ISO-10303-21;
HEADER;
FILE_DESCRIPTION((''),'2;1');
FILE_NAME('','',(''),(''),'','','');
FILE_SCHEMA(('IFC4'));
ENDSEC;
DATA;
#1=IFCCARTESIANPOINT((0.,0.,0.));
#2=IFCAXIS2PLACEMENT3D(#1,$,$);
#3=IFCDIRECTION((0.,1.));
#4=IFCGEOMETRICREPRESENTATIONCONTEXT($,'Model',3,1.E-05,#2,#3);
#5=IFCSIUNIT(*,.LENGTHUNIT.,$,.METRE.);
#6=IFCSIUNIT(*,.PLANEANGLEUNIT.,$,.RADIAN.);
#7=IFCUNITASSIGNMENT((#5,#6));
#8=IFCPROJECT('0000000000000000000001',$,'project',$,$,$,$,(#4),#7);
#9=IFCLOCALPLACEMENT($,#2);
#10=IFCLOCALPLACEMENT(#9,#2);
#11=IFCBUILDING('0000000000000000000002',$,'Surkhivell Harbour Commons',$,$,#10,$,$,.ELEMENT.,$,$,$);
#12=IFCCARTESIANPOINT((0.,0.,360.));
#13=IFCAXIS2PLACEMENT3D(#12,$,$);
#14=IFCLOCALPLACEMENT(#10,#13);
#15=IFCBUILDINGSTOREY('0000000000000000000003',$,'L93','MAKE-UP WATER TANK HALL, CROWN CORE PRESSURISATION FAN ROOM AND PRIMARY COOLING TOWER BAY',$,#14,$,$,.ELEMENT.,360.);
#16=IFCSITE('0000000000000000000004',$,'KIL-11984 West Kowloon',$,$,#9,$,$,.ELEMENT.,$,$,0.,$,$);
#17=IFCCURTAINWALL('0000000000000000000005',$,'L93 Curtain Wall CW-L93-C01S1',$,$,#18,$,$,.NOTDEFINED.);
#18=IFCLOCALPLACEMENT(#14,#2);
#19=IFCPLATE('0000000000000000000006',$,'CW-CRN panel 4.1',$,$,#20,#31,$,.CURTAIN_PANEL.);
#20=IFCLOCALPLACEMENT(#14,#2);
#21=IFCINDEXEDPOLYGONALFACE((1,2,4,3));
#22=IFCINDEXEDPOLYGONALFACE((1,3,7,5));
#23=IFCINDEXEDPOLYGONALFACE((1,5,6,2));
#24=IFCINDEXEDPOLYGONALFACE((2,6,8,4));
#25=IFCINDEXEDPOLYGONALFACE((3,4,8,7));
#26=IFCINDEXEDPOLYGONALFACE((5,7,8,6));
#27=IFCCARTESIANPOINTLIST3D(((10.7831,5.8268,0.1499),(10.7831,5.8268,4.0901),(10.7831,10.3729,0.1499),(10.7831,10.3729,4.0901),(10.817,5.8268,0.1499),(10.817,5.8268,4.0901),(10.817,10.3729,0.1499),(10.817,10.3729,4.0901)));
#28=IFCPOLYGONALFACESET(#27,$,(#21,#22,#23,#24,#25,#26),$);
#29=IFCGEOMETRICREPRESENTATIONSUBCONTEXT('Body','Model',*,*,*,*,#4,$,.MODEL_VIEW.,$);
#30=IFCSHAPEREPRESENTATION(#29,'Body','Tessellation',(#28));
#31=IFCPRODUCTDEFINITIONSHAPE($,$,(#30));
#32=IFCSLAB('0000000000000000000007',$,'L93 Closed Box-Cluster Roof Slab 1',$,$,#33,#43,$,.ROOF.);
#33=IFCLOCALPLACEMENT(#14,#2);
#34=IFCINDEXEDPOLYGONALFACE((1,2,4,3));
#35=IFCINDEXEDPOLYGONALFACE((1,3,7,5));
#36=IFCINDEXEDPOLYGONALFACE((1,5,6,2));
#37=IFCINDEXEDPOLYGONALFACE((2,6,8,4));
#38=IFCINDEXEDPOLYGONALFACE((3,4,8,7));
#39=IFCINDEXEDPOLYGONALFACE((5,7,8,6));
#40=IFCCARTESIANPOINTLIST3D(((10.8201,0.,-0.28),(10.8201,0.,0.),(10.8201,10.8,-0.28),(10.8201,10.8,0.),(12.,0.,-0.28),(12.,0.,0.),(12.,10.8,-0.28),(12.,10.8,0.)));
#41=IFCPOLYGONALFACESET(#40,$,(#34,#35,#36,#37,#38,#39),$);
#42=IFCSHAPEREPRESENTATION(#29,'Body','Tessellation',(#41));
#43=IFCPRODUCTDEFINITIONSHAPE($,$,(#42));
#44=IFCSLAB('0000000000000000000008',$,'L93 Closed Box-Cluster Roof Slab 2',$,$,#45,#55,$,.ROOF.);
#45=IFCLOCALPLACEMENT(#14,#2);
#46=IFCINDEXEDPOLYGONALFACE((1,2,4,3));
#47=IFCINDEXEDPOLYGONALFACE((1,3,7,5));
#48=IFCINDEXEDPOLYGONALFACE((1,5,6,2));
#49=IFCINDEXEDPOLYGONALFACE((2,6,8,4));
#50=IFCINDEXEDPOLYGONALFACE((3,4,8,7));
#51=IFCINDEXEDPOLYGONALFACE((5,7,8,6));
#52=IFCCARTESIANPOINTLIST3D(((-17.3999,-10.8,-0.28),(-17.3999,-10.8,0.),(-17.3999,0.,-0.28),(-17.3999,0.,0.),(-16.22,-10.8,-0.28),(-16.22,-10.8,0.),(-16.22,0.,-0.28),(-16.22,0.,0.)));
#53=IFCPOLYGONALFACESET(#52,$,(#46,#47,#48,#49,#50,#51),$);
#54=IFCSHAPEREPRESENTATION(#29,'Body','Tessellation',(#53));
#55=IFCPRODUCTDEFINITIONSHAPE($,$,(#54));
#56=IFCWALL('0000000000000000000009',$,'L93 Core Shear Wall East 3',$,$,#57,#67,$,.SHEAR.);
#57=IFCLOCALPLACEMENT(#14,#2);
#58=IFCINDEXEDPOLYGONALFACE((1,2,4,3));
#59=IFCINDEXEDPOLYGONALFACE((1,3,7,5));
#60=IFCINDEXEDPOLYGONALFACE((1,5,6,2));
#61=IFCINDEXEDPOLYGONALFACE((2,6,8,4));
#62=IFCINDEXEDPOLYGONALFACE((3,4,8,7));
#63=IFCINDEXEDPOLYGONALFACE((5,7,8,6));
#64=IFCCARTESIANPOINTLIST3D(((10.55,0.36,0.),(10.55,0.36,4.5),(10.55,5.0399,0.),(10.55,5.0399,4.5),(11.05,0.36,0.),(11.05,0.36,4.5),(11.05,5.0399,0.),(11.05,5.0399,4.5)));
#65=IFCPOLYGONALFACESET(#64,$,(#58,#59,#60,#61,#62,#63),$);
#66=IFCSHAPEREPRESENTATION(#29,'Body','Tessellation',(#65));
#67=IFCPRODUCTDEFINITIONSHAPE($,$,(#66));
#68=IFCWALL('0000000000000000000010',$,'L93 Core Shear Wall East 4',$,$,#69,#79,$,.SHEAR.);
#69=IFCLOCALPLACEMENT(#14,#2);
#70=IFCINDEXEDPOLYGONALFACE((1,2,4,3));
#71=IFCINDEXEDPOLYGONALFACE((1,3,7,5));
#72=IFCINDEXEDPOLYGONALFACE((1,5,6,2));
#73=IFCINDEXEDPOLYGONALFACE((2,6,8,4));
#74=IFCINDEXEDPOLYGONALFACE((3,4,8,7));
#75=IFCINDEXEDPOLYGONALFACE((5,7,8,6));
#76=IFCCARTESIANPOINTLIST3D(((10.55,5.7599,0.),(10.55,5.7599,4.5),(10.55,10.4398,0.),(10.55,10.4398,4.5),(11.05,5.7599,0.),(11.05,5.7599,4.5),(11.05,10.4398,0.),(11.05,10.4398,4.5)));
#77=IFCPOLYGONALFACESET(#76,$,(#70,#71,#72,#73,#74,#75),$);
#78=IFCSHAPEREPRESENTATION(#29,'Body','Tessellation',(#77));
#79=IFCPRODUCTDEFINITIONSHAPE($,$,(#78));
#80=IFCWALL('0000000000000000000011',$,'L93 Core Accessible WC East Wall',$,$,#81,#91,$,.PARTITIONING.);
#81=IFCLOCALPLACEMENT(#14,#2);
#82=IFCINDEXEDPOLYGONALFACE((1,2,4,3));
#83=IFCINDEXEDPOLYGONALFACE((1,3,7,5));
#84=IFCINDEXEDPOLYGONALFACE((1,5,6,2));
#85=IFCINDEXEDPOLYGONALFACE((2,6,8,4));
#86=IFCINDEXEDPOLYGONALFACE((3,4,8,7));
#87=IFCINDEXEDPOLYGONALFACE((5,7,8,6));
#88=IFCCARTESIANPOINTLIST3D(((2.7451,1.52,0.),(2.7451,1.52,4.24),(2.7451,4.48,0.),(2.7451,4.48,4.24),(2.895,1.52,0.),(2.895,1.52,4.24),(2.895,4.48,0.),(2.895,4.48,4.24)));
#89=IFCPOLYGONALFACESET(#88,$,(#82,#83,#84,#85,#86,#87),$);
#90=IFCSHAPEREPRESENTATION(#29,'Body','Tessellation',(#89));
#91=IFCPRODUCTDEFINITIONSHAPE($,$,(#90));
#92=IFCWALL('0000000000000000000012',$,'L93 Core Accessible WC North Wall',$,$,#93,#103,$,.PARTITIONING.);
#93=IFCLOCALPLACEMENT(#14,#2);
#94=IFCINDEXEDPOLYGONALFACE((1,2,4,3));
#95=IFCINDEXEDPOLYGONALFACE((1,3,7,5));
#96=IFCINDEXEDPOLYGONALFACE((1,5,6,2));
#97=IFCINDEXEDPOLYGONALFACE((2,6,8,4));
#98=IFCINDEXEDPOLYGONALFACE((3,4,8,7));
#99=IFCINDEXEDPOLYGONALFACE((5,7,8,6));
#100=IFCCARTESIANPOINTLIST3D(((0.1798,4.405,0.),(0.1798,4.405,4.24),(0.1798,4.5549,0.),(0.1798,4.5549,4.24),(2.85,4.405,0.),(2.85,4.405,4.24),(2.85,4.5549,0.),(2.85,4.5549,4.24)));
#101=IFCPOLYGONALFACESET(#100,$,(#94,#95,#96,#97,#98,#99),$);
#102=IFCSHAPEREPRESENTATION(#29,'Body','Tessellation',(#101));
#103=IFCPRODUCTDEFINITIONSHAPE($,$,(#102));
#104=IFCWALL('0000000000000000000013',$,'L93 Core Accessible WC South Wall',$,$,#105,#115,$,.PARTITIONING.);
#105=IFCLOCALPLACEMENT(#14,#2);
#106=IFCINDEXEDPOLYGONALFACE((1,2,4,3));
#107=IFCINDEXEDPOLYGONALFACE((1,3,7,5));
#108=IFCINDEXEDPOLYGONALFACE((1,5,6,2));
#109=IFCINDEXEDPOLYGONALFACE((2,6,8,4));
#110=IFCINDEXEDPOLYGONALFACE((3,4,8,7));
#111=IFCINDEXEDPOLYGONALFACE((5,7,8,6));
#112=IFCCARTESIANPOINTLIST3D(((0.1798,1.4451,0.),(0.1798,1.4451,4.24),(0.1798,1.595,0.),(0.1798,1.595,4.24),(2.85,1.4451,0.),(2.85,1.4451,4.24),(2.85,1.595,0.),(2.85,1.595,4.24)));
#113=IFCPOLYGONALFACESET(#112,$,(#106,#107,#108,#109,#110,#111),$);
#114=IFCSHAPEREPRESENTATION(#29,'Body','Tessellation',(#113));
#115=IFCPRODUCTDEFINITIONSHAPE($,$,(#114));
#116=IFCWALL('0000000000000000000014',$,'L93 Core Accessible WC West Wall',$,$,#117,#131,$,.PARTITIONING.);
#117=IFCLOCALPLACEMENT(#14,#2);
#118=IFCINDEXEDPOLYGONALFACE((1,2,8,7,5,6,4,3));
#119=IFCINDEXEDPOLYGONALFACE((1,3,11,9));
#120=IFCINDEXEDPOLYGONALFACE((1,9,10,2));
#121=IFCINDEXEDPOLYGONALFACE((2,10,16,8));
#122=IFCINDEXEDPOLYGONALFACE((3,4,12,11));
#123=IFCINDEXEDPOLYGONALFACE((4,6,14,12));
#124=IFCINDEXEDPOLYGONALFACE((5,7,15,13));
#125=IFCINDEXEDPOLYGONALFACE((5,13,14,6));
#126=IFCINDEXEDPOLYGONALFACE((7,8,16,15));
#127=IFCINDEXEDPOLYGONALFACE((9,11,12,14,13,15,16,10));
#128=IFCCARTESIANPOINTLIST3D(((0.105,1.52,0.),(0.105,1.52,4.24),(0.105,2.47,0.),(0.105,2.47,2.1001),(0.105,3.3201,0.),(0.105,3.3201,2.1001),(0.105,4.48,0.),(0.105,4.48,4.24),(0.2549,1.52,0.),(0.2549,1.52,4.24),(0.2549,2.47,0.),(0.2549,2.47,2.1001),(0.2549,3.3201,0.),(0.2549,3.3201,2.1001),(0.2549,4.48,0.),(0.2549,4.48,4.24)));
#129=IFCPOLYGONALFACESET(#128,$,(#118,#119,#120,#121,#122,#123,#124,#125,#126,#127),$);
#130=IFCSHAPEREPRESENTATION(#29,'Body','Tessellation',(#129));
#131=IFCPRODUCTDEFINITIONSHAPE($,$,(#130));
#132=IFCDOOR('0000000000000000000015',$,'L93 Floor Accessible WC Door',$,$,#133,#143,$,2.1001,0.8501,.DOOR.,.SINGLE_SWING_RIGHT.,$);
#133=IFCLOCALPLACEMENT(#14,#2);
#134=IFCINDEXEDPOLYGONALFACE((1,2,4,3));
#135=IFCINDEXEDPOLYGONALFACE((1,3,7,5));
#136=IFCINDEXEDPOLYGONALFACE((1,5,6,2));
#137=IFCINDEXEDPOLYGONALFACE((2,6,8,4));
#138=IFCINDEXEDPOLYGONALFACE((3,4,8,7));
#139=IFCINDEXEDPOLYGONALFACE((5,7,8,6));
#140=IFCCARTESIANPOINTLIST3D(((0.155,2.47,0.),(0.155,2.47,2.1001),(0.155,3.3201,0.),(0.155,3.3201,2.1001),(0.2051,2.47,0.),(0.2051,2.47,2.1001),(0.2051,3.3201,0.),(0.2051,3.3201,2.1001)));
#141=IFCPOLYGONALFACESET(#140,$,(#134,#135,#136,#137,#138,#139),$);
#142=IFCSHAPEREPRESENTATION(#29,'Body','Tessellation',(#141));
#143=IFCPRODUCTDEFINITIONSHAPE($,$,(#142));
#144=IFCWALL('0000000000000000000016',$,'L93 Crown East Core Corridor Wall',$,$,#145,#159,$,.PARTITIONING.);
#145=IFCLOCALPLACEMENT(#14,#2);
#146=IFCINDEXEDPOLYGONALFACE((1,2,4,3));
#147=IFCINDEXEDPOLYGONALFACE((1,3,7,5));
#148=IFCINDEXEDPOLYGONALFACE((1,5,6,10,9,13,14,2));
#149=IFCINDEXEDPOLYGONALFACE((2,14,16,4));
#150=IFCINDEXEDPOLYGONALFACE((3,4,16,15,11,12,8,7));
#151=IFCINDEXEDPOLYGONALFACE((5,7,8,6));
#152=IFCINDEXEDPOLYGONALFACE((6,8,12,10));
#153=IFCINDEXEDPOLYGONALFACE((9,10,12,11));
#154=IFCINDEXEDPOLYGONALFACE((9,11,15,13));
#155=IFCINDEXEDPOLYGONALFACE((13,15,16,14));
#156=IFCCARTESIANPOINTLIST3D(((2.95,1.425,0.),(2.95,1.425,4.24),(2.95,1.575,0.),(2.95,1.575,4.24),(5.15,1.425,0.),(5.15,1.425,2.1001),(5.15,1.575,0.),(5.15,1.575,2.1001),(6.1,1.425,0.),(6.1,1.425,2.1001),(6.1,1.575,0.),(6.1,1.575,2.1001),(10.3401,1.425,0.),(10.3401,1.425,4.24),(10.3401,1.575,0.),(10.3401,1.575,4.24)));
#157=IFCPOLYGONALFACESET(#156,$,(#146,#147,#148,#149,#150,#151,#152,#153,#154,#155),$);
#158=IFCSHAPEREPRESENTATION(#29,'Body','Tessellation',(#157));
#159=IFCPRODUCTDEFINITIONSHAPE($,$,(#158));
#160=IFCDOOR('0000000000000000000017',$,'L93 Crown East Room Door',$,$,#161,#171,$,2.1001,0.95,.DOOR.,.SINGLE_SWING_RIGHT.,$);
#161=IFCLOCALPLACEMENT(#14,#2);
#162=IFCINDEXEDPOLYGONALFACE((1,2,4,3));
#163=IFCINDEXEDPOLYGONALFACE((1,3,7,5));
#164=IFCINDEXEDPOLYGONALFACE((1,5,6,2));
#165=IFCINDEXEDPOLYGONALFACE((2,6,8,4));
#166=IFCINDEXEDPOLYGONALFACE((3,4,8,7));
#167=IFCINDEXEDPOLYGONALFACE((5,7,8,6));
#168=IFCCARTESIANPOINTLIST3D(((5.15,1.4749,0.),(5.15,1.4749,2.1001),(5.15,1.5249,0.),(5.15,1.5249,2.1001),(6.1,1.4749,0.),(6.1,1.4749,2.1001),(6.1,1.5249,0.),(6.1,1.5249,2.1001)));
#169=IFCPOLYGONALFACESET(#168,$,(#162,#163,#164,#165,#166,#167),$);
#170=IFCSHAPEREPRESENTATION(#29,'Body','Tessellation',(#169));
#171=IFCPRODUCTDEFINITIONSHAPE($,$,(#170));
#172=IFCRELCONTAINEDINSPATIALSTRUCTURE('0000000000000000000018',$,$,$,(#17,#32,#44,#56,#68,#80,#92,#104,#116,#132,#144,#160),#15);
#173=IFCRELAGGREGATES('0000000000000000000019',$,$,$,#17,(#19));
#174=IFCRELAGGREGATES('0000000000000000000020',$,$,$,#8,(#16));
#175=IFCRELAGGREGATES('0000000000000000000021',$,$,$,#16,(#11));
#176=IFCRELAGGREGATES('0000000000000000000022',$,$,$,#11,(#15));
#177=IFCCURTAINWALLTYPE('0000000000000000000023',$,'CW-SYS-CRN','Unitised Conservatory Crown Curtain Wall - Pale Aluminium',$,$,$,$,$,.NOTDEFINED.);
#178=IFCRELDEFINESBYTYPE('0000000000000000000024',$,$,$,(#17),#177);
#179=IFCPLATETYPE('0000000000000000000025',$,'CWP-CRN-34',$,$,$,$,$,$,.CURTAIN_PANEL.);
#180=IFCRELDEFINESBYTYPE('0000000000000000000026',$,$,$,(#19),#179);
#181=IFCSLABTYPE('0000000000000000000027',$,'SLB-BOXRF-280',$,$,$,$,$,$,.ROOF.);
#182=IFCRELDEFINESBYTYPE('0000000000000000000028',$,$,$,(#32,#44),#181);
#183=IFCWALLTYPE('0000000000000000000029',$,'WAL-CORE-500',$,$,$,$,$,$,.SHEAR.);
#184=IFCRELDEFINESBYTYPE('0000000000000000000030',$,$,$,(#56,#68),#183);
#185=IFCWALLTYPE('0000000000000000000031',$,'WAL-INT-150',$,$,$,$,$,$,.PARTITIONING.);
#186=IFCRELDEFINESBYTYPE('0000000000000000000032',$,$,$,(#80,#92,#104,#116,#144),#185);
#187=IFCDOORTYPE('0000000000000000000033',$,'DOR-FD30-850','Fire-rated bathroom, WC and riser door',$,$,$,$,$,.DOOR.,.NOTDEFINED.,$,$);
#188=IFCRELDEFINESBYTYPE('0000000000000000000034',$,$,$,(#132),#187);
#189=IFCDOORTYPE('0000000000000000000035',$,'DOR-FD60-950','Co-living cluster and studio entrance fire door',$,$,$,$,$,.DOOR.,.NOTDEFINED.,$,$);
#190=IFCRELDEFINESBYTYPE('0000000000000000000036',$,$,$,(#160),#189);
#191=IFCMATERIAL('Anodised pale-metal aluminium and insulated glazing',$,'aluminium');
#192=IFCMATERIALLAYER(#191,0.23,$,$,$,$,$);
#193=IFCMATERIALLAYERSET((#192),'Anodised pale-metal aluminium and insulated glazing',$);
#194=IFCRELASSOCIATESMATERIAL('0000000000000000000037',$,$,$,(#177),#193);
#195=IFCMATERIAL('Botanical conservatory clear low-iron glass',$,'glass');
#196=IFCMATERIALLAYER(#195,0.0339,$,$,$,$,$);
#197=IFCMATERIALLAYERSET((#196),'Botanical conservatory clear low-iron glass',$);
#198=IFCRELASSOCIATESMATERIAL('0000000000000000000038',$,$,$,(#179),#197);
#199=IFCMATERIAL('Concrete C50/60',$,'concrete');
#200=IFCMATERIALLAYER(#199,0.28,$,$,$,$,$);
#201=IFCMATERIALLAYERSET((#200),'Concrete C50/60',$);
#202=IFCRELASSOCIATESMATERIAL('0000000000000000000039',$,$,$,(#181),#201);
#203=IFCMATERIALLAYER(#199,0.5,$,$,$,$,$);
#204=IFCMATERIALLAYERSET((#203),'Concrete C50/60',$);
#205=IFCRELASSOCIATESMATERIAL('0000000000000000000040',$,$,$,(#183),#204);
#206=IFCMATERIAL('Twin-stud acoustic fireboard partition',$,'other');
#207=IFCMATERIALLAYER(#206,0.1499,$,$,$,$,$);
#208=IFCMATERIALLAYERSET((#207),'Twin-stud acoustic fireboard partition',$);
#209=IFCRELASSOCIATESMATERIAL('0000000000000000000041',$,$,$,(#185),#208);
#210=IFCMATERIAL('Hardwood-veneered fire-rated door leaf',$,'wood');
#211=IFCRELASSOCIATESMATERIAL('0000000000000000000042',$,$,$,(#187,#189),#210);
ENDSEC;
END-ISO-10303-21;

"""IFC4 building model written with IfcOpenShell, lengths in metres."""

from ifc_helpers import new_model, si_unit, direction, frame, frame_2d, origin, place, context, subcontext, project, spatial, polyline, rectangle, outline, extrude, material, layer, layer_set, type_object, element, fill, aggregate, save


model = new_model("IFC4")

# Units and contexts
model_context = context("Model", 3, precision=1e-05, world=origin(), true_north=direction((0.0, 1.0)))
body_context = subcontext(model_context, "Body", "Model", "MODEL_VIEW")
ifc_project = project(units=[si_unit("LENGTHUNIT", "METRE"), si_unit("PLANEANGLEUNIT", "RADIAN")], contexts=[model_context])

# Site, building, storey
site_placement = place(None, origin())
site = spatial("IfcSite", under=ifc_project, at=site_placement, Name="KIL-11984 West Kowloon", CompositionType="ELEMENT", RefElevation=0.0)
building_placement = place(site_placement, origin())
building = spatial("IfcBuilding", under=site, at=building_placement, Name="Surkhivell Harbour Commons", CompositionType="ELEMENT")
storey_placement = place(building_placement, frame((0.0, 0.0, 360.0)))
storey = spatial("IfcBuildingStorey", under=building, at=storey_placement, Name="L93", Description="MAKE-UP WATER TANK HALL, CROWN CORE PRESSURISATION FAN ROOM AND PRIMARY COOLING TOWER BAY", CompositionType="ELEMENT", Elevation=360.0)

# Shared definitions
ifc_material_1 = material(Name="Concrete C50/60", Category="concrete")

# Curtain wall, plate
ifc_material_2 = material(Name="Anodised pale-metal aluminium and insulated glazing", Category="aluminium")
ifc_layer_1 = layer(ifc_material_2, 0.23)
ifc_layer_set_1 = layer_set([ifc_layer_1], Name="Anodised pale-metal aluminium and insulated glazing")
curtain_wall_type = type_object("IfcCurtainWallType", Name="CW-SYS-CRN", Description="Unitised Conservatory Crown Curtain Wall - Pale Aluminium", PredefinedType="NOTDEFINED", material=ifc_layer_set_1)
curtain_wall_placement = place(storey_placement, origin())
curtain_wall = element("IfcCurtainWall", 1, at=curtain_wall_placement, inside=storey, type_object=curtain_wall_type, Name="L93 Curtain Wall CW-L93-C01S1", PredefinedType="NOTDEFINED")
ifc_material_3 = material(Name="Botanical conservatory clear low-iron glass", Category="glass")
ifc_layer_2 = layer(ifc_material_3, 0.0339)
ifc_layer_set_2 = layer_set([ifc_layer_2], Name="Botanical conservatory clear low-iron glass")
plate_type = type_object("IfcPlateType", Name="CWP-CRN-34", PredefinedType="CURTAIN_PANEL", material=ifc_layer_set_2)
plate_1_placement = place(storey_placement, frame((10.8, 5.8269, 0.1499), z_axis=(0.0, 0.0, 1.0), x_axis=(0.0, 1.0, 0.0)))
plate_1 = element("IfcPlate", 2, at=plate_1_placement, type_object=plate_type, Name="CW-CRN panel 4.1", PredefinedType="CURTAIN_PANEL", context=body_context, shape_type="SweptSolid", body=[
    extrude(rectangle(XDim=4.5461, YDim=0.0339, at=frame_2d((2.2729, 0.0))), origin(), (0.0, 0.0, 1.0), 3.9402),
])
aggregate(curtain_wall, [plate_1])

# Slabs
ifc_layer_3 = layer(ifc_material_1, 0.28)
ifc_layer_set_3 = layer_set([ifc_layer_3], Name="Concrete C50/60")
slab_type = type_object("IfcSlabType", Name="SLB-BOXRF-280", PredefinedType="ROOF", material=ifc_layer_set_3)
slab_1_placement = place(storey_placement, frame((0.0, 0.0, -0.28)))
element("IfcSlab", 3, at=slab_1_placement, inside=storey, type_object=slab_type, Name="L93 Closed Box-Cluster Roof Slab 1", PredefinedType="ROOF", context=body_context, shape_type="SweptSolid", body=[
    extrude(outline(polyline([(10.8201, 10.8), (10.8201, 0.0), (12.0, 0.0), (12.0, 10.8), (10.8201, 10.8)])), origin(), (0.0, 0.0, 1.0), 0.28),
])
slab_2_placement = place(storey_placement, frame((0.0, 0.0, -0.28)))
element("IfcSlab", 4, at=slab_2_placement, inside=storey, type_object=slab_type, Name="L93 Closed Box-Cluster Roof Slab 2", PredefinedType="ROOF", context=body_context, shape_type="SweptSolid", body=[
    extrude(outline(polyline([(-16.22, -10.8), (-16.22, 0.0), (-17.3999, 0.0), (-17.3999, -10.8), (-16.22, -10.8)])), origin(), (0.0, 0.0, 1.0), 0.28),
])

# Walls
ifc_layer_4 = layer(ifc_material_1, 0.5)
ifc_layer_set_4 = layer_set([ifc_layer_4], Name="Concrete C50/60")
wall_type_1 = type_object("IfcWallType", Name="WAL-CORE-500", PredefinedType="SHEAR", material=ifc_layer_set_4)
for number, where, z_axis, x_axis, name in (
    (5, (10.8, 0.3601, 0.0), (0.0, 0.0, 1.0), (0.0, 1.0, 0.0), "L93 Core Shear Wall East 3"),
    (6, (10.8, 5.76, 0.0), (0.0, 0.0, 1.0), (0.0, 1.0, 0.0), "L93 Core Shear Wall East 4"),
):
    element("IfcWall", number, at=place(storey_placement, frame(where, z_axis=z_axis, x_axis=x_axis)), inside=storey, type_object=wall_type_1, Name=name, PredefinedType="SHEAR", context=body_context, shape_type="SweptSolid", body=[
        extrude(rectangle(XDim=4.6799, YDim=0.5, at=frame_2d((2.3398, 0.0))), origin(), (0.0, 0.0, 1.0), 4.5),
    ])
ifc_material_4 = material(Name="Twin-stud acoustic fireboard partition", Category="other")
ifc_layer_5 = layer(ifc_material_4, 0.1499)
ifc_layer_set_5 = layer_set([ifc_layer_5], Name="Twin-stud acoustic fireboard partition")
wall_type_2 = type_object("IfcWallType", Name="WAL-INT-150", PredefinedType="PARTITIONING", material=ifc_layer_set_5)
wall_1_placement = place(storey_placement, frame((2.8201, 1.52, 0.0), z_axis=(0.0, 0.0, 1.0), x_axis=(0.0, 1.0, 0.0)))
element("IfcWall", 7, at=wall_1_placement, inside=storey, type_object=wall_type_2, Name="L93 Core Accessible WC East Wall", PredefinedType="PARTITIONING", context=body_context, shape_type="SweptSolid", body=[
    extrude(rectangle(XDim=2.96, YDim=0.1499, at=frame_2d((1.48, 0.0))), origin(), (0.0, 0.0, 1.0), 4.24),
])
for number, where, z_axis, x_axis, name in (
    (8, (0.1799, 4.48, 0.0), (0.0, 0.0, 1.0), (1.0, 0.0, 0.0), "L93 Core Accessible WC North Wall"),
    (9, (0.1799, 1.52, 0.0), (0.0, 0.0, 1.0), (1.0, 0.0, 0.0), "L93 Core Accessible WC South Wall"),
):
    element("IfcWall", number, at=place(storey_placement, frame(where, z_axis=z_axis, x_axis=x_axis)), inside=storey, type_object=wall_type_2, Name=name, PredefinedType="PARTITIONING", context=body_context, shape_type="SweptSolid", body=[
        extrude(rectangle(XDim=2.6702, YDim=0.1499, at=frame_2d((1.335, 0.0))), origin(), (0.0, 0.0, 1.0), 4.24),
    ])

# Walls, openings, doors
wall_2_placement = place(storey_placement, frame((0.1799, 1.52, 0.0), z_axis=(0.0, 0.0, 1.0), x_axis=(0.0, 1.0, 0.0)))
wall_2 = element("IfcWall", 10, at=wall_2_placement, inside=storey, type_object=wall_type_2, Name="L93 Core Accessible WC West Wall", PredefinedType="PARTITIONING", context=body_context, shape_type="SweptSolid", body=[
    extrude(rectangle(XDim=2.96, YDim=0.1499, at=frame_2d((1.48, 0.0))), origin(), (0.0, 0.0, 1.0), 4.24),
])
opening_1_placement = place(wall_2_placement, frame((0.95, 0.0, 0.0)))
opening_1 = element("IfcOpeningElement", 11, at=opening_1_placement, cuts=wall_2, PredefinedType="OPENING", context=body_context, shape_type="SweptSolid", body=[
    extrude(rectangle(XDim=0.8501, YDim=2.1001, at=frame_2d((0.425, 1.05))), frame((0.0, 0.085, 0.0), z_axis=(0.0, -1.0, 0.0), x_axis=(1.0, 0.0, 0.0)), (0.0, 0.0, 1.0), 0.1699),
])
ifc_material_5 = material(Name="Hardwood-veneered fire-rated door leaf", Category="wood")
door_type_1 = type_object("IfcDoorType", Name="DOR-FD30-850", Description="Fire-rated bathroom, WC and riser door", OperationType="NOTDEFINED", PredefinedType="DOOR", material=ifc_material_5)
door_1_placement = place(opening_1_placement, origin())
door_1 = element("IfcDoor", 12, at=door_1_placement, inside=storey, type_object=door_type_1, Name="L93 Floor Accessible WC Door", OperationType="SINGLE_SWING_RIGHT", OverallHeight=2.1001, OverallWidth=0.8501, PredefinedType="DOOR", context=body_context, shape_type="SweptSolid", body=[
    extrude(rectangle(XDim=0.8501, YDim=2.1001, at=frame_2d((0.425, 1.05))), frame((0.0, 0.0249, 0.0), z_axis=(0.0, -1.0, 0.0), x_axis=(1.0, 0.0, 0.0)), (0.0, 0.0, 1.0), 0.05),
])
fill(opening_1, door_1)
wall_3_placement = place(storey_placement, frame((2.95, 1.5, 0.0), z_axis=(0.0, 0.0, 1.0), x_axis=(1.0, 0.0, 0.0)))
wall_3 = element("IfcWall", 13, at=wall_3_placement, inside=storey, type_object=wall_type_2, Name="L93 Crown East Core Corridor Wall", PredefinedType="PARTITIONING", context=body_context, shape_type="SweptSolid", body=[
    extrude(rectangle(XDim=7.3901, YDim=0.1499, at=frame_2d((3.6951, 0.0))), origin(), (0.0, 0.0, 1.0), 4.24),
])
opening_2_placement = place(wall_3_placement, frame((2.2, 0.0, 0.0)))
opening_2 = element("IfcOpeningElement", 14, at=opening_2_placement, cuts=wall_3, PredefinedType="OPENING", context=body_context, shape_type="SweptSolid", body=[
    extrude(rectangle(XDim=0.95, YDim=2.1001, at=frame_2d((0.4751, 1.05))), frame((0.0, 0.085, 0.0), z_axis=(0.0, -1.0, 0.0), x_axis=(1.0, 0.0, 0.0)), (0.0, 0.0, 1.0), 0.1699),
])
door_type_2 = type_object("IfcDoorType", Name="DOR-FD60-950", Description="Co-living cluster and studio entrance fire door", OperationType="NOTDEFINED", PredefinedType="DOOR", material=ifc_material_5)
door_2_placement = place(opening_2_placement, origin())
door_2 = element("IfcDoor", 15, at=door_2_placement, inside=storey, type_object=door_type_2, Name="L93 Crown East Room Door", OperationType="SINGLE_SWING_RIGHT", OverallHeight=2.1001, OverallWidth=0.95, PredefinedType="DOOR", context=body_context, shape_type="SweptSolid", body=[
    extrude(rectangle(XDim=0.95, YDim=2.1001, at=frame_2d((0.4751, 1.05))), frame((0.0, 0.0249, 0.0), z_axis=(0.0, -1.0, 0.0), x_axis=(1.0, 0.0, 0.0)), (0.0, 0.0, 1.0), 0.05),
])
fill(opening_2, door_2)

save(model, "model.ifc")
